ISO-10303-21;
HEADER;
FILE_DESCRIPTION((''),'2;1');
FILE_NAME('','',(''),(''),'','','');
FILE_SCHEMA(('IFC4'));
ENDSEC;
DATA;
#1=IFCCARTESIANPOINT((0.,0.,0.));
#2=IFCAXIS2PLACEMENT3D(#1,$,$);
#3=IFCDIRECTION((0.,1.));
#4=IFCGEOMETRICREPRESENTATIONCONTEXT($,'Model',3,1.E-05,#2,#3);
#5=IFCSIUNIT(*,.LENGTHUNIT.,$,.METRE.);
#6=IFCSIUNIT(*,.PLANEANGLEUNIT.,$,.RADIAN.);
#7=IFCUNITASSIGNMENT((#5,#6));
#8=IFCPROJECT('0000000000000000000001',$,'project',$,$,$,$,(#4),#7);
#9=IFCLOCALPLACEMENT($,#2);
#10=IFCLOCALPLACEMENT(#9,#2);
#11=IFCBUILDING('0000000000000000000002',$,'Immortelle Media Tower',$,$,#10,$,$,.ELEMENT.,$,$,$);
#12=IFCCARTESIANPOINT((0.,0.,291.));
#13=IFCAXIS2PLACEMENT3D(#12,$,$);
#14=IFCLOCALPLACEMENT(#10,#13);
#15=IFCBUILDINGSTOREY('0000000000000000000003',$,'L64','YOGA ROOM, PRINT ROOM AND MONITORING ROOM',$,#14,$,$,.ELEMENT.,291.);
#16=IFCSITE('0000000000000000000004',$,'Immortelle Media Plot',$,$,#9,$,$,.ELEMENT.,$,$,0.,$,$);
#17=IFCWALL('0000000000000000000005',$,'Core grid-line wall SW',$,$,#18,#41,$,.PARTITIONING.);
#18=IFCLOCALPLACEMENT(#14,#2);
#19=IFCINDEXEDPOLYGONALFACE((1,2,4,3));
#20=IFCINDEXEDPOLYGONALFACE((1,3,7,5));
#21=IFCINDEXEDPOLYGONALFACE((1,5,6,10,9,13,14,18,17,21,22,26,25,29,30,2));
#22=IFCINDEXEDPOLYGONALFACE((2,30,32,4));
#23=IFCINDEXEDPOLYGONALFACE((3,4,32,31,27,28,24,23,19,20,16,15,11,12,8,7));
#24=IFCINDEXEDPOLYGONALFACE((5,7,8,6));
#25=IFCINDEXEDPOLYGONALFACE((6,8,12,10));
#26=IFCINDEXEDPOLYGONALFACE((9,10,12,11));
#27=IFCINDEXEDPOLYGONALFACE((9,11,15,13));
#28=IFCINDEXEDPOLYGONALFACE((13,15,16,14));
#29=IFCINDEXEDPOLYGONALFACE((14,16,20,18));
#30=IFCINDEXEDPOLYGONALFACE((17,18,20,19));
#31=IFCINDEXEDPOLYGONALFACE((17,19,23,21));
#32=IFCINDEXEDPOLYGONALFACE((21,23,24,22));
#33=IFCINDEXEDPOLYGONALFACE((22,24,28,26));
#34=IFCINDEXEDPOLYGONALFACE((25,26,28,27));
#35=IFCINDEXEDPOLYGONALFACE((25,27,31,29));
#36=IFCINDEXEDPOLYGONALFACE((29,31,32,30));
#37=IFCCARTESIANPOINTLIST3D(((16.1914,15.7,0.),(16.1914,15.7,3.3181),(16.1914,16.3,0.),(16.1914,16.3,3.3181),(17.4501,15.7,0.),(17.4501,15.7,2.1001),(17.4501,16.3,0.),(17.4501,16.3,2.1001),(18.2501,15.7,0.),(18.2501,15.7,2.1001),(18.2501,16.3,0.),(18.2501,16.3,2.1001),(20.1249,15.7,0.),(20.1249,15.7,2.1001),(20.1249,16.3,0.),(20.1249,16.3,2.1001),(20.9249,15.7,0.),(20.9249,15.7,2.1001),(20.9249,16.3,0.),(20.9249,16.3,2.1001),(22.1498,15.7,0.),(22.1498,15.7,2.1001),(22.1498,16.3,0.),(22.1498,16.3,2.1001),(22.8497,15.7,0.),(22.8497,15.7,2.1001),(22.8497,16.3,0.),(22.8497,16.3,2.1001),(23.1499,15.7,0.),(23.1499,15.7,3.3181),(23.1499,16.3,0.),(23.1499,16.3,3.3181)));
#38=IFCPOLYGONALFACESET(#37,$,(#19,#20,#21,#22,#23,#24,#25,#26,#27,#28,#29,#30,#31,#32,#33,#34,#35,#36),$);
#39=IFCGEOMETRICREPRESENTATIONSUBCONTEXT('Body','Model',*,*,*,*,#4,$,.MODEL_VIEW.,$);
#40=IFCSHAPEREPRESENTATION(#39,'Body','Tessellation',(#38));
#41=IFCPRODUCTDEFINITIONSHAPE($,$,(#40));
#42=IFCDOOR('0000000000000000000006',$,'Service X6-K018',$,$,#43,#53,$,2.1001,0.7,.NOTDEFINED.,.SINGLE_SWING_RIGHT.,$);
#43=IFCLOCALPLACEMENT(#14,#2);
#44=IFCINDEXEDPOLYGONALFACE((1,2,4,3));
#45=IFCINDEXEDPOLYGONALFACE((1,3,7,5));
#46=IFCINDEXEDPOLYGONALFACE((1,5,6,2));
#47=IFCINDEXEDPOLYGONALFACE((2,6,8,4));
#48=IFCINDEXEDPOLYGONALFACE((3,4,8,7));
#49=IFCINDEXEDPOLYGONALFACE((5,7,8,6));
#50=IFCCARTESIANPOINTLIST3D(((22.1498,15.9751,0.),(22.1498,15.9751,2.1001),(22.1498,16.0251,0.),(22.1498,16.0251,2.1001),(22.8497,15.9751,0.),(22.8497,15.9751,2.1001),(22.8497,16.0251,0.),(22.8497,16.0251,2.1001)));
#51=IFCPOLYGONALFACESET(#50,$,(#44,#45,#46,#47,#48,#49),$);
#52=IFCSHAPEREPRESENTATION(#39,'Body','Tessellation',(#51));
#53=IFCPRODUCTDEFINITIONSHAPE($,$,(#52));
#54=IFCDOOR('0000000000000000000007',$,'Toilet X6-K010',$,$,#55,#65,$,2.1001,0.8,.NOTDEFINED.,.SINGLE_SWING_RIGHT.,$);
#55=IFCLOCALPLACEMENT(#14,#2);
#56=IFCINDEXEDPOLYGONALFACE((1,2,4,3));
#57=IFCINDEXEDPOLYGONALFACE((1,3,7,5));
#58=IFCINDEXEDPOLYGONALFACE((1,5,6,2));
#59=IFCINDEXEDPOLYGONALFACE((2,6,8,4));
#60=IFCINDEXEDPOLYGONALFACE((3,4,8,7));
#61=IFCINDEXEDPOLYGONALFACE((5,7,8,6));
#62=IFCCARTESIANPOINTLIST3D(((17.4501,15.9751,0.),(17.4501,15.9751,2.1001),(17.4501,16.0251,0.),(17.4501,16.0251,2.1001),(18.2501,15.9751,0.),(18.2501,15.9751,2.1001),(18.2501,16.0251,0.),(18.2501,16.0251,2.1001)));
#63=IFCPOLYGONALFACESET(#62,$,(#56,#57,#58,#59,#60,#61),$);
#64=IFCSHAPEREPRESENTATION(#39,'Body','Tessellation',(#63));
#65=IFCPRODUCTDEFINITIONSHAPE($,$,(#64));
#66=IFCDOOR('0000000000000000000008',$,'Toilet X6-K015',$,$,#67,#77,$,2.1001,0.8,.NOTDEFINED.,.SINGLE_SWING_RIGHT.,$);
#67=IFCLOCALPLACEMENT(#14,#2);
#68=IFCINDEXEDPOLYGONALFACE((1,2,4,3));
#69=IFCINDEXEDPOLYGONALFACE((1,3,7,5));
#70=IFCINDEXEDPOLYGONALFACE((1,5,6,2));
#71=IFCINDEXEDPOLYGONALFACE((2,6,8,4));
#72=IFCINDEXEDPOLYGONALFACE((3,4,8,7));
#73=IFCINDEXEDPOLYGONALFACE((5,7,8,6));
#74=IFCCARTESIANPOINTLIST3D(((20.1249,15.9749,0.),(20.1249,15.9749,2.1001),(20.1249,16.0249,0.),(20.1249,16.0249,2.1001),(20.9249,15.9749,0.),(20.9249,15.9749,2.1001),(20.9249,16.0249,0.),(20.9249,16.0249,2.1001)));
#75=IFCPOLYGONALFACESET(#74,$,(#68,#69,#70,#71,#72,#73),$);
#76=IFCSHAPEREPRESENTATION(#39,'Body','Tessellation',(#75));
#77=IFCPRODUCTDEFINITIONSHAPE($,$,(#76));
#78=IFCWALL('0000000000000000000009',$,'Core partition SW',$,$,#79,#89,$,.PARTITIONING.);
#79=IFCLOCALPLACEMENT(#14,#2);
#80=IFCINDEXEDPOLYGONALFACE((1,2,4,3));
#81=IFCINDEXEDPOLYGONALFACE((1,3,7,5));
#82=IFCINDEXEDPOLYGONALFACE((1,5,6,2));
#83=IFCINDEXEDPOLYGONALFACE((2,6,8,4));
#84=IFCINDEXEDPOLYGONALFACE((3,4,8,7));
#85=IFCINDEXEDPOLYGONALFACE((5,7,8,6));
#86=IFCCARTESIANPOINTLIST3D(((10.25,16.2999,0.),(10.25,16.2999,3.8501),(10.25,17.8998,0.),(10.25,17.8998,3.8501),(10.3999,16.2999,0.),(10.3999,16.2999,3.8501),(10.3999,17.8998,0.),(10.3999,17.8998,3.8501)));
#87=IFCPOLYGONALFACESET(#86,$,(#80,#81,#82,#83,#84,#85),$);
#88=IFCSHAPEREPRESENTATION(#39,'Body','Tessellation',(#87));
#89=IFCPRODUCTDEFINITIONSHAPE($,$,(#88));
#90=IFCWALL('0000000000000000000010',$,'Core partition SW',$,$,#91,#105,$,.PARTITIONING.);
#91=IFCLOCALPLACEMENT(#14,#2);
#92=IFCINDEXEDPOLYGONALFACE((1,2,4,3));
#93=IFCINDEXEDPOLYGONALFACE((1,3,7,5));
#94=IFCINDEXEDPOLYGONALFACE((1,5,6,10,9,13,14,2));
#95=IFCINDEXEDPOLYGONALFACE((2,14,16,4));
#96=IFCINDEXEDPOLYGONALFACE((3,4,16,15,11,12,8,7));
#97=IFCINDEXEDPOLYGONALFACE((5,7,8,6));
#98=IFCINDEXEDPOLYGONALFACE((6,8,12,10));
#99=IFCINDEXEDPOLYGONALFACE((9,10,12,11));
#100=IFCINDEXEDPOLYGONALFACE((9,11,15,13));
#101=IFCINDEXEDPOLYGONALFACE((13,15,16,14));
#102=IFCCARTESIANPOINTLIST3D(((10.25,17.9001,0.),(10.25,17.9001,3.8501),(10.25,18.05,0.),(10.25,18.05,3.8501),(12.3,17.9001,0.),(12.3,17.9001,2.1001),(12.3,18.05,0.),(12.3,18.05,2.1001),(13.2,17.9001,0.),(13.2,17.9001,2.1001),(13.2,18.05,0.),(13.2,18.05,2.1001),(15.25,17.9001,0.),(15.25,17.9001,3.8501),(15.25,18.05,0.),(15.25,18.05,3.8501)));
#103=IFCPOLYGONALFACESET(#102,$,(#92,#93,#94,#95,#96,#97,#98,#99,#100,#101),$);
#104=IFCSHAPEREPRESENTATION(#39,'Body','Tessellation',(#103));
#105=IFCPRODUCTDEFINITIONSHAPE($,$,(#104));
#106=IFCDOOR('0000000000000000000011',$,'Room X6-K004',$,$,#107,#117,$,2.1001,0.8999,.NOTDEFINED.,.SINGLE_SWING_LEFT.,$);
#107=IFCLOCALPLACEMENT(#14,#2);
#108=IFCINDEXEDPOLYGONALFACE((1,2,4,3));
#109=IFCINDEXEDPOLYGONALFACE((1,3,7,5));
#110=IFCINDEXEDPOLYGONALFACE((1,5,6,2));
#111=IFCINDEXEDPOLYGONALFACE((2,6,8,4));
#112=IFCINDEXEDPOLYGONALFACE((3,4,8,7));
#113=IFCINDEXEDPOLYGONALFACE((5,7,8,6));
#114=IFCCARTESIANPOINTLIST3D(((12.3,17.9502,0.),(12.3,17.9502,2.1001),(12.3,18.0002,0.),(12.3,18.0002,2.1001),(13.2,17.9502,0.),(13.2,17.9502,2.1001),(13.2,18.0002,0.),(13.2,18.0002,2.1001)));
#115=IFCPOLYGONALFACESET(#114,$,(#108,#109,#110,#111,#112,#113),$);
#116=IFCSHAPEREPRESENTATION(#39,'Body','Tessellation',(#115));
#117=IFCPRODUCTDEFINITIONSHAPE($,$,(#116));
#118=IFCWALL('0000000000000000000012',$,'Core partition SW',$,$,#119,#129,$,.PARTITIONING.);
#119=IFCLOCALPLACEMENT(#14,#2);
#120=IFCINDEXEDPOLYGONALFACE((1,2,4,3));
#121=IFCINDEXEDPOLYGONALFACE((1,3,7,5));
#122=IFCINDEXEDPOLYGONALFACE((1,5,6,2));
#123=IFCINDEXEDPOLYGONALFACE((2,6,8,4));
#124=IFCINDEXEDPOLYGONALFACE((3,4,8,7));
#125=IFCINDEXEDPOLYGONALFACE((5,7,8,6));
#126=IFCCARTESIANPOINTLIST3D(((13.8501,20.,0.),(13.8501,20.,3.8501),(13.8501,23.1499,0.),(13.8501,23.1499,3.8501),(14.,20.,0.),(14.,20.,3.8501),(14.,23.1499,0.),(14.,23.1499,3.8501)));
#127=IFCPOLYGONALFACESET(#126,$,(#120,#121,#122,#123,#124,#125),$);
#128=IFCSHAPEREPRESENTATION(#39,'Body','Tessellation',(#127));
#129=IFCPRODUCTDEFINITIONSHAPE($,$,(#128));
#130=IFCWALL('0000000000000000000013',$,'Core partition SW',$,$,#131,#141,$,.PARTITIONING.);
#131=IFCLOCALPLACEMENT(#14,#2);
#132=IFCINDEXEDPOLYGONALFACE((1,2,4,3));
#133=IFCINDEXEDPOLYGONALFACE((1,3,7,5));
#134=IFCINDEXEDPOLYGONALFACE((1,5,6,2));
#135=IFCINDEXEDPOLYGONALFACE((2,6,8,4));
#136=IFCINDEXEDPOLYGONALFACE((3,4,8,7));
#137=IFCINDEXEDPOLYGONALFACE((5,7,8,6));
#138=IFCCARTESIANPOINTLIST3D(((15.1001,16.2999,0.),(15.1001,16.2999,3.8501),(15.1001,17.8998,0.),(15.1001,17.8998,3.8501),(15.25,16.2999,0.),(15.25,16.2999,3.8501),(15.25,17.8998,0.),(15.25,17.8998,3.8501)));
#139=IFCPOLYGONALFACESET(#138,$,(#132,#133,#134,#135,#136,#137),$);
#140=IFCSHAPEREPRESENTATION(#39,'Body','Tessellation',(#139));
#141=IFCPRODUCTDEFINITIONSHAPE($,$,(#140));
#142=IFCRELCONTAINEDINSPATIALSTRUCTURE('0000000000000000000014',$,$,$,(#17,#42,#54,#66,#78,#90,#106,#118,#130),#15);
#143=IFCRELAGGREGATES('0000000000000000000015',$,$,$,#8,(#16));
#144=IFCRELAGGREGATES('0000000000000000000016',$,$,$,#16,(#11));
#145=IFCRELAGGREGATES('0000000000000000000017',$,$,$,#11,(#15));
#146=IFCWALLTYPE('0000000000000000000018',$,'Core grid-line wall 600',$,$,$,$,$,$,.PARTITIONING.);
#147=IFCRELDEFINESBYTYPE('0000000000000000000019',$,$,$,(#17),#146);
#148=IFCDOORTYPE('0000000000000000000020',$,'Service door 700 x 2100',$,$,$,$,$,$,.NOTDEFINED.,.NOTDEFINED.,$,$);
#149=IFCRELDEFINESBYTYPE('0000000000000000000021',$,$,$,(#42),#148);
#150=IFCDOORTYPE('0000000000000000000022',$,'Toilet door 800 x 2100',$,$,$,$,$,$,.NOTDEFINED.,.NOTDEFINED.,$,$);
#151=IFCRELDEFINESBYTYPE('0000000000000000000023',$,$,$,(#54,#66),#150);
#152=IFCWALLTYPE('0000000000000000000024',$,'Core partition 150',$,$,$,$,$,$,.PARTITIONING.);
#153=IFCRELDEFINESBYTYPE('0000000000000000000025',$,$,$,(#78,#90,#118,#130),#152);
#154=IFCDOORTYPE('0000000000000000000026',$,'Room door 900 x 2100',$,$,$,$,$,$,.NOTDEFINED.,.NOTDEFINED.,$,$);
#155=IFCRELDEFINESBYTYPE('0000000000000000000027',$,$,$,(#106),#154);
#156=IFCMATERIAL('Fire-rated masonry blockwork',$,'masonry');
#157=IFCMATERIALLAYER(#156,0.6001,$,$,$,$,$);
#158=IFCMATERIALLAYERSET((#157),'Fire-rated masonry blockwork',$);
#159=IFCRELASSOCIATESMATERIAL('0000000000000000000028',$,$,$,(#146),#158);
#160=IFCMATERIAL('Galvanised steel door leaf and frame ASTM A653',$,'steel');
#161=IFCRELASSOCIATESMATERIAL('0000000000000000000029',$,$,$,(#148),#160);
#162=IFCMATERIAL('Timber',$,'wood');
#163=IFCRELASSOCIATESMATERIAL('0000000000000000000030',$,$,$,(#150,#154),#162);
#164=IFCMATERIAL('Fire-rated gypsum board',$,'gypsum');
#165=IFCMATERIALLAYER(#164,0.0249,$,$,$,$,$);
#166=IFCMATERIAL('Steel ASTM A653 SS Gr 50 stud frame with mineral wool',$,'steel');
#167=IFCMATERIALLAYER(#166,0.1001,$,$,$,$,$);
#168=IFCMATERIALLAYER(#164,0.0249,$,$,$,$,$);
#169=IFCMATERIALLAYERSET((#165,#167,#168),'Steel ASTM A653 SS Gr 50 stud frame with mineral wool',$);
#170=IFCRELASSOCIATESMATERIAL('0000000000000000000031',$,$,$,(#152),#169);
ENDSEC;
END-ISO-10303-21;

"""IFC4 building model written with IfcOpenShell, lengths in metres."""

from ifc_helpers import new_model, si_unit, direction, frame, frame_2d, origin, place, context, subcontext, project, spatial, rectangle, extrude, material, layer, layer_set, type_object, element, fill, save


model = new_model("IFC4")

# Units and contexts
model_context = context("Model", 3, precision=1e-05, world=origin(), true_north=direction((0.0, 1.0)))
body_context = subcontext(model_context, "Body", "Model", "MODEL_VIEW")
ifc_project = project(units=[si_unit("LENGTHUNIT", "METRE"), si_unit("PLANEANGLEUNIT", "RADIAN")], contexts=[model_context])

# Site, building, storey
site_placement = place(None, origin())
site = spatial("IfcSite", under=ifc_project, at=site_placement, Name="Immortelle Media Plot", CompositionType="ELEMENT", RefElevation=0.0)
building_placement = place(site_placement, origin())
building = spatial("IfcBuilding", under=site, at=building_placement, Name="Immortelle Media Tower", CompositionType="ELEMENT")
storey_placement = place(building_placement, frame((0.0, 0.0, 291.0)))
storey = spatial("IfcBuildingStorey", under=building, at=storey_placement, Name="L64", Description="YOGA ROOM, PRINT ROOM AND MONITORING ROOM", CompositionType="ELEMENT", Elevation=291.0)

# Wall, openings, doors
ifc_material_1 = material(Name="Fire-rated masonry blockwork", Category="masonry")
ifc_layer_1 = layer(ifc_material_1, 0.6001)
ifc_layer_set_1 = layer_set([ifc_layer_1], Name="Fire-rated masonry blockwork")
wall_type_1 = type_object("IfcWallType", Name="Core grid-line wall 600", PredefinedType="PARTITIONING", material=ifc_layer_set_1)
wall_1_placement = place(storey_placement, frame((16.1914, 16.0, 0.0), z_axis=(0.0, 0.0, 1.0), x_axis=(1.0, 0.0, 0.0)))
wall_1 = element("IfcWall", 1, at=wall_1_placement, inside=storey, type_object=wall_type_1, Name="Core grid-line wall SW", PredefinedType="PARTITIONING", context=body_context, shape_type="SweptSolid", body=[
    extrude(rectangle(XDim=6.9585, YDim=0.6001, at=frame_2d((3.4792, 0.0))), origin(), (0.0, 0.0, 1.0), 3.3181),
])
opening_1_placement = place(wall_1_placement, frame((2.0586, 0.0, 0.0), z_axis=(0.0, 0.0, 1.0), x_axis=(-1.0, 0.0, 0.0)))
opening_1 = element("IfcOpeningElement", 2, at=opening_1_placement, cuts=wall_1, PredefinedType="OPENING", context=body_context, shape_type="SweptSolid", body=[
    extrude(rectangle(XDim=0.8, YDim=2.1001, at=frame_2d((0.3999, 1.05))), frame((0.0, 0.3101, 0.0), z_axis=(0.0, -1.0, 0.0), x_axis=(1.0, 0.0, 0.0)), (0.0, 0.0, 1.0), 0.6201),
])
opening_2_placement = place(wall_1_placement, frame((3.9336, 0.0, 0.0)))
opening_2 = element("IfcOpeningElement", 3, at=opening_2_placement, cuts=wall_1, PredefinedType="OPENING", context=body_context, shape_type="SweptSolid", body=[
    extrude(rectangle(XDim=0.8, YDim=2.1001, at=frame_2d((0.3999, 1.05))), frame((0.0, 0.3101, 0.0), z_axis=(0.0, -1.0, 0.0), x_axis=(1.0, 0.0, 0.0)), (0.0, 0.0, 1.0), 0.6201),
])
opening_3_placement = place(wall_1_placement, frame((6.6584, 0.0, 0.0), z_axis=(0.0, 0.0, 1.0), x_axis=(-1.0, 0.0, 0.0)))
opening_3 = element("IfcOpeningElement", 4, at=opening_3_placement, cuts=wall_1, PredefinedType="OPENING", context=body_context, shape_type="SweptSolid", body=[
    extrude(rectangle(XDim=0.7, YDim=2.1001, at=frame_2d((0.3501, 1.05))), frame((0.0, 0.3101, 0.0), z_axis=(0.0, -1.0, 0.0), x_axis=(1.0, 0.0, 0.0)), (0.0, 0.0, 1.0), 0.6201),
])
ifc_material_2 = material(Name="Galvanised steel door leaf and frame ASTM A653", Category="steel")
door_type_1 = type_object("IfcDoorType", Name="Service door 700 x 2100", OperationType="NOTDEFINED", PredefinedType="NOTDEFINED", material=ifc_material_2)
door_1_placement = place(opening_3_placement, origin())
door_1 = element("IfcDoor", 5, at=door_1_placement, inside=storey, type_object=door_type_1, Name="Service X6-K018", OperationType="SINGLE_SWING_RIGHT", OverallHeight=2.1001, OverallWidth=0.7, PredefinedType="NOTDEFINED", context=body_context, shape_type="SweptSolid", body=[
    extrude(rectangle(XDim=0.7, YDim=2.1001, at=frame_2d((0.3501, 1.05))), frame((0.0, 0.0249, 0.0), z_axis=(0.0, -1.0, 0.0), x_axis=(1.0, 0.0, 0.0)), (0.0, 0.0, 1.0), 0.05),
])
fill(opening_3, door_1)
ifc_material_3 = material(Name="Timber", Category="wood")
door_type_2 = type_object("IfcDoorType", Name="Toilet door 800 x 2100", OperationType="NOTDEFINED", PredefinedType="NOTDEFINED", material=ifc_material_3)
door_2_placement = place(opening_1_placement, origin())
door_2 = element("IfcDoor", 6, at=door_2_placement, inside=storey, type_object=door_type_2, Name="Toilet X6-K010", OperationType="SINGLE_SWING_RIGHT", OverallHeight=2.1001, OverallWidth=0.8, PredefinedType="NOTDEFINED", context=body_context, shape_type="SweptSolid", body=[
    extrude(rectangle(XDim=0.8, YDim=2.1001, at=frame_2d((0.3999, 1.05))), frame((0.0, 0.0249, 0.0), z_axis=(0.0, -1.0, 0.0), x_axis=(1.0, 0.0, 0.0)), (0.0, 0.0, 1.0), 0.05),
])
fill(opening_1, door_2)
door_3_placement = place(opening_2_placement, origin())
door_3 = element("IfcDoor", 7, at=door_3_placement, inside=storey, type_object=door_type_2, Name="Toilet X6-K015", OperationType="SINGLE_SWING_RIGHT", OverallHeight=2.1001, OverallWidth=0.8, PredefinedType="NOTDEFINED", context=body_context, shape_type="SweptSolid", body=[
    extrude(rectangle(XDim=0.8, YDim=2.1001, at=frame_2d((0.3999, 1.05))), frame((0.0, 0.0249, 0.0), z_axis=(0.0, -1.0, 0.0), x_axis=(1.0, 0.0, 0.0)), (0.0, 0.0, 1.0), 0.05),
])
fill(opening_2, door_3)

# Wall
ifc_material_4 = material(Name="Fire-rated gypsum board", Category="gypsum")
ifc_layer_2 = layer(ifc_material_4, 0.0249)
ifc_material_5 = material(Name="Steel ASTM A653 SS Gr 50 stud frame with mineral wool", Category="steel")
ifc_layer_3 = layer(ifc_material_5, 0.1001)
ifc_layer_4 = layer(ifc_material_4, 0.0249)
ifc_layer_set_2 = layer_set([ifc_layer_2, ifc_layer_3, ifc_layer_4], Name="Steel ASTM A653 SS Gr 50 stud frame with mineral wool")
wall_type_2 = type_object("IfcWallType", Name="Core partition 150", PredefinedType="PARTITIONING", material=ifc_layer_set_2)
wall_2_placement = place(storey_placement, frame((10.325, 16.3, 0.0), z_axis=(0.0, 0.0, 1.0), x_axis=(0.0, 1.0, 0.0)))
element("IfcWall", 8, at=wall_2_placement, inside=storey, type_object=wall_type_2, Name="Core partition SW", PredefinedType="PARTITIONING", context=body_context, shape_type="SweptSolid", body=[
    extrude(rectangle(XDim=1.5999, YDim=0.1499, at=frame_2d((0.7998, 0.0))), origin(), (0.0, 0.0, 1.0), 3.8501),
])

# Wall, opening, door
wall_3_placement = place(storey_placement, frame((10.25, 17.9751, 0.0), z_axis=(0.0, 0.0, 1.0), x_axis=(1.0, 0.0, 0.0)))
wall_3 = element("IfcWall", 9, at=wall_3_placement, inside=storey, type_object=wall_type_2, Name="Core partition SW", PredefinedType="PARTITIONING", context=body_context, shape_type="SweptSolid", body=[
    extrude(rectangle(XDim=5.0, YDim=0.1499, at=frame_2d((2.5, 0.0))), origin(), (0.0, 0.0, 1.0), 3.8501),
])
opening_4_placement = place(wall_3_placement, frame((2.95, 0.0, 0.0), z_axis=(0.0, 0.0, 1.0), x_axis=(-1.0, 0.0, 0.0)))
opening_4 = element("IfcOpeningElement", 10, at=opening_4_placement, cuts=wall_3, PredefinedType="OPENING", context=body_context, shape_type="SweptSolid", body=[
    extrude(rectangle(XDim=0.8999, YDim=2.1001, at=frame_2d((0.45, 1.05))), frame((0.0, 0.085, 0.0), z_axis=(0.0, -1.0, 0.0), x_axis=(1.0, 0.0, 0.0)), (0.0, 0.0, 1.0), 0.1699),
])
door_type_3 = type_object("IfcDoorType", Name="Room door 900 x 2100", OperationType="NOTDEFINED", PredefinedType="NOTDEFINED", material=ifc_material_3)
door_4_placement = place(opening_4_placement, origin())
door_4 = element("IfcDoor", 11, at=door_4_placement, inside=storey, type_object=door_type_3, Name="Room X6-K004", OperationType="SINGLE_SWING_LEFT", OverallHeight=2.1001, OverallWidth=0.8999, PredefinedType="NOTDEFINED", context=body_context, shape_type="SweptSolid", body=[
    extrude(rectangle(XDim=0.8999, YDim=2.1001, at=frame_2d((0.45, 1.05))), frame((0.0, 0.0249, 0.0), z_axis=(0.0, -1.0, 0.0), x_axis=(1.0, 0.0, 0.0)), (0.0, 0.0, 1.0), 0.05),
])
fill(opening_4, door_4)

# Walls
wall_4_placement = place(storey_placement, frame((13.925, 20.0, 0.0), z_axis=(0.0, 0.0, 1.0), x_axis=(0.0, 1.0, 0.0)))
element("IfcWall", 12, at=wall_4_placement, inside=storey, type_object=wall_type_2, Name="Core partition SW", PredefinedType="PARTITIONING", context=body_context, shape_type="SweptSolid", body=[
    extrude(rectangle(XDim=3.1499, YDim=0.1499, at=frame_2d((1.575, 0.0))), origin(), (0.0, 0.0, 1.0), 3.8501),
])
wall_5_placement = place(storey_placement, frame((15.175, 16.3, 0.0), z_axis=(0.0, 0.0, 1.0), x_axis=(0.0, 1.0, 0.0)))
element("IfcWall", 13, at=wall_5_placement, inside=storey, type_object=wall_type_2, Name="Core partition SW", PredefinedType="PARTITIONING", context=body_context, shape_type="SweptSolid", body=[
    extrude(rectangle(XDim=1.5999, YDim=0.1499, at=frame_2d((0.7998, 0.0))), origin(), (0.0, 0.0, 1.0), 3.8501),
])

save(model, "model.ifc")
